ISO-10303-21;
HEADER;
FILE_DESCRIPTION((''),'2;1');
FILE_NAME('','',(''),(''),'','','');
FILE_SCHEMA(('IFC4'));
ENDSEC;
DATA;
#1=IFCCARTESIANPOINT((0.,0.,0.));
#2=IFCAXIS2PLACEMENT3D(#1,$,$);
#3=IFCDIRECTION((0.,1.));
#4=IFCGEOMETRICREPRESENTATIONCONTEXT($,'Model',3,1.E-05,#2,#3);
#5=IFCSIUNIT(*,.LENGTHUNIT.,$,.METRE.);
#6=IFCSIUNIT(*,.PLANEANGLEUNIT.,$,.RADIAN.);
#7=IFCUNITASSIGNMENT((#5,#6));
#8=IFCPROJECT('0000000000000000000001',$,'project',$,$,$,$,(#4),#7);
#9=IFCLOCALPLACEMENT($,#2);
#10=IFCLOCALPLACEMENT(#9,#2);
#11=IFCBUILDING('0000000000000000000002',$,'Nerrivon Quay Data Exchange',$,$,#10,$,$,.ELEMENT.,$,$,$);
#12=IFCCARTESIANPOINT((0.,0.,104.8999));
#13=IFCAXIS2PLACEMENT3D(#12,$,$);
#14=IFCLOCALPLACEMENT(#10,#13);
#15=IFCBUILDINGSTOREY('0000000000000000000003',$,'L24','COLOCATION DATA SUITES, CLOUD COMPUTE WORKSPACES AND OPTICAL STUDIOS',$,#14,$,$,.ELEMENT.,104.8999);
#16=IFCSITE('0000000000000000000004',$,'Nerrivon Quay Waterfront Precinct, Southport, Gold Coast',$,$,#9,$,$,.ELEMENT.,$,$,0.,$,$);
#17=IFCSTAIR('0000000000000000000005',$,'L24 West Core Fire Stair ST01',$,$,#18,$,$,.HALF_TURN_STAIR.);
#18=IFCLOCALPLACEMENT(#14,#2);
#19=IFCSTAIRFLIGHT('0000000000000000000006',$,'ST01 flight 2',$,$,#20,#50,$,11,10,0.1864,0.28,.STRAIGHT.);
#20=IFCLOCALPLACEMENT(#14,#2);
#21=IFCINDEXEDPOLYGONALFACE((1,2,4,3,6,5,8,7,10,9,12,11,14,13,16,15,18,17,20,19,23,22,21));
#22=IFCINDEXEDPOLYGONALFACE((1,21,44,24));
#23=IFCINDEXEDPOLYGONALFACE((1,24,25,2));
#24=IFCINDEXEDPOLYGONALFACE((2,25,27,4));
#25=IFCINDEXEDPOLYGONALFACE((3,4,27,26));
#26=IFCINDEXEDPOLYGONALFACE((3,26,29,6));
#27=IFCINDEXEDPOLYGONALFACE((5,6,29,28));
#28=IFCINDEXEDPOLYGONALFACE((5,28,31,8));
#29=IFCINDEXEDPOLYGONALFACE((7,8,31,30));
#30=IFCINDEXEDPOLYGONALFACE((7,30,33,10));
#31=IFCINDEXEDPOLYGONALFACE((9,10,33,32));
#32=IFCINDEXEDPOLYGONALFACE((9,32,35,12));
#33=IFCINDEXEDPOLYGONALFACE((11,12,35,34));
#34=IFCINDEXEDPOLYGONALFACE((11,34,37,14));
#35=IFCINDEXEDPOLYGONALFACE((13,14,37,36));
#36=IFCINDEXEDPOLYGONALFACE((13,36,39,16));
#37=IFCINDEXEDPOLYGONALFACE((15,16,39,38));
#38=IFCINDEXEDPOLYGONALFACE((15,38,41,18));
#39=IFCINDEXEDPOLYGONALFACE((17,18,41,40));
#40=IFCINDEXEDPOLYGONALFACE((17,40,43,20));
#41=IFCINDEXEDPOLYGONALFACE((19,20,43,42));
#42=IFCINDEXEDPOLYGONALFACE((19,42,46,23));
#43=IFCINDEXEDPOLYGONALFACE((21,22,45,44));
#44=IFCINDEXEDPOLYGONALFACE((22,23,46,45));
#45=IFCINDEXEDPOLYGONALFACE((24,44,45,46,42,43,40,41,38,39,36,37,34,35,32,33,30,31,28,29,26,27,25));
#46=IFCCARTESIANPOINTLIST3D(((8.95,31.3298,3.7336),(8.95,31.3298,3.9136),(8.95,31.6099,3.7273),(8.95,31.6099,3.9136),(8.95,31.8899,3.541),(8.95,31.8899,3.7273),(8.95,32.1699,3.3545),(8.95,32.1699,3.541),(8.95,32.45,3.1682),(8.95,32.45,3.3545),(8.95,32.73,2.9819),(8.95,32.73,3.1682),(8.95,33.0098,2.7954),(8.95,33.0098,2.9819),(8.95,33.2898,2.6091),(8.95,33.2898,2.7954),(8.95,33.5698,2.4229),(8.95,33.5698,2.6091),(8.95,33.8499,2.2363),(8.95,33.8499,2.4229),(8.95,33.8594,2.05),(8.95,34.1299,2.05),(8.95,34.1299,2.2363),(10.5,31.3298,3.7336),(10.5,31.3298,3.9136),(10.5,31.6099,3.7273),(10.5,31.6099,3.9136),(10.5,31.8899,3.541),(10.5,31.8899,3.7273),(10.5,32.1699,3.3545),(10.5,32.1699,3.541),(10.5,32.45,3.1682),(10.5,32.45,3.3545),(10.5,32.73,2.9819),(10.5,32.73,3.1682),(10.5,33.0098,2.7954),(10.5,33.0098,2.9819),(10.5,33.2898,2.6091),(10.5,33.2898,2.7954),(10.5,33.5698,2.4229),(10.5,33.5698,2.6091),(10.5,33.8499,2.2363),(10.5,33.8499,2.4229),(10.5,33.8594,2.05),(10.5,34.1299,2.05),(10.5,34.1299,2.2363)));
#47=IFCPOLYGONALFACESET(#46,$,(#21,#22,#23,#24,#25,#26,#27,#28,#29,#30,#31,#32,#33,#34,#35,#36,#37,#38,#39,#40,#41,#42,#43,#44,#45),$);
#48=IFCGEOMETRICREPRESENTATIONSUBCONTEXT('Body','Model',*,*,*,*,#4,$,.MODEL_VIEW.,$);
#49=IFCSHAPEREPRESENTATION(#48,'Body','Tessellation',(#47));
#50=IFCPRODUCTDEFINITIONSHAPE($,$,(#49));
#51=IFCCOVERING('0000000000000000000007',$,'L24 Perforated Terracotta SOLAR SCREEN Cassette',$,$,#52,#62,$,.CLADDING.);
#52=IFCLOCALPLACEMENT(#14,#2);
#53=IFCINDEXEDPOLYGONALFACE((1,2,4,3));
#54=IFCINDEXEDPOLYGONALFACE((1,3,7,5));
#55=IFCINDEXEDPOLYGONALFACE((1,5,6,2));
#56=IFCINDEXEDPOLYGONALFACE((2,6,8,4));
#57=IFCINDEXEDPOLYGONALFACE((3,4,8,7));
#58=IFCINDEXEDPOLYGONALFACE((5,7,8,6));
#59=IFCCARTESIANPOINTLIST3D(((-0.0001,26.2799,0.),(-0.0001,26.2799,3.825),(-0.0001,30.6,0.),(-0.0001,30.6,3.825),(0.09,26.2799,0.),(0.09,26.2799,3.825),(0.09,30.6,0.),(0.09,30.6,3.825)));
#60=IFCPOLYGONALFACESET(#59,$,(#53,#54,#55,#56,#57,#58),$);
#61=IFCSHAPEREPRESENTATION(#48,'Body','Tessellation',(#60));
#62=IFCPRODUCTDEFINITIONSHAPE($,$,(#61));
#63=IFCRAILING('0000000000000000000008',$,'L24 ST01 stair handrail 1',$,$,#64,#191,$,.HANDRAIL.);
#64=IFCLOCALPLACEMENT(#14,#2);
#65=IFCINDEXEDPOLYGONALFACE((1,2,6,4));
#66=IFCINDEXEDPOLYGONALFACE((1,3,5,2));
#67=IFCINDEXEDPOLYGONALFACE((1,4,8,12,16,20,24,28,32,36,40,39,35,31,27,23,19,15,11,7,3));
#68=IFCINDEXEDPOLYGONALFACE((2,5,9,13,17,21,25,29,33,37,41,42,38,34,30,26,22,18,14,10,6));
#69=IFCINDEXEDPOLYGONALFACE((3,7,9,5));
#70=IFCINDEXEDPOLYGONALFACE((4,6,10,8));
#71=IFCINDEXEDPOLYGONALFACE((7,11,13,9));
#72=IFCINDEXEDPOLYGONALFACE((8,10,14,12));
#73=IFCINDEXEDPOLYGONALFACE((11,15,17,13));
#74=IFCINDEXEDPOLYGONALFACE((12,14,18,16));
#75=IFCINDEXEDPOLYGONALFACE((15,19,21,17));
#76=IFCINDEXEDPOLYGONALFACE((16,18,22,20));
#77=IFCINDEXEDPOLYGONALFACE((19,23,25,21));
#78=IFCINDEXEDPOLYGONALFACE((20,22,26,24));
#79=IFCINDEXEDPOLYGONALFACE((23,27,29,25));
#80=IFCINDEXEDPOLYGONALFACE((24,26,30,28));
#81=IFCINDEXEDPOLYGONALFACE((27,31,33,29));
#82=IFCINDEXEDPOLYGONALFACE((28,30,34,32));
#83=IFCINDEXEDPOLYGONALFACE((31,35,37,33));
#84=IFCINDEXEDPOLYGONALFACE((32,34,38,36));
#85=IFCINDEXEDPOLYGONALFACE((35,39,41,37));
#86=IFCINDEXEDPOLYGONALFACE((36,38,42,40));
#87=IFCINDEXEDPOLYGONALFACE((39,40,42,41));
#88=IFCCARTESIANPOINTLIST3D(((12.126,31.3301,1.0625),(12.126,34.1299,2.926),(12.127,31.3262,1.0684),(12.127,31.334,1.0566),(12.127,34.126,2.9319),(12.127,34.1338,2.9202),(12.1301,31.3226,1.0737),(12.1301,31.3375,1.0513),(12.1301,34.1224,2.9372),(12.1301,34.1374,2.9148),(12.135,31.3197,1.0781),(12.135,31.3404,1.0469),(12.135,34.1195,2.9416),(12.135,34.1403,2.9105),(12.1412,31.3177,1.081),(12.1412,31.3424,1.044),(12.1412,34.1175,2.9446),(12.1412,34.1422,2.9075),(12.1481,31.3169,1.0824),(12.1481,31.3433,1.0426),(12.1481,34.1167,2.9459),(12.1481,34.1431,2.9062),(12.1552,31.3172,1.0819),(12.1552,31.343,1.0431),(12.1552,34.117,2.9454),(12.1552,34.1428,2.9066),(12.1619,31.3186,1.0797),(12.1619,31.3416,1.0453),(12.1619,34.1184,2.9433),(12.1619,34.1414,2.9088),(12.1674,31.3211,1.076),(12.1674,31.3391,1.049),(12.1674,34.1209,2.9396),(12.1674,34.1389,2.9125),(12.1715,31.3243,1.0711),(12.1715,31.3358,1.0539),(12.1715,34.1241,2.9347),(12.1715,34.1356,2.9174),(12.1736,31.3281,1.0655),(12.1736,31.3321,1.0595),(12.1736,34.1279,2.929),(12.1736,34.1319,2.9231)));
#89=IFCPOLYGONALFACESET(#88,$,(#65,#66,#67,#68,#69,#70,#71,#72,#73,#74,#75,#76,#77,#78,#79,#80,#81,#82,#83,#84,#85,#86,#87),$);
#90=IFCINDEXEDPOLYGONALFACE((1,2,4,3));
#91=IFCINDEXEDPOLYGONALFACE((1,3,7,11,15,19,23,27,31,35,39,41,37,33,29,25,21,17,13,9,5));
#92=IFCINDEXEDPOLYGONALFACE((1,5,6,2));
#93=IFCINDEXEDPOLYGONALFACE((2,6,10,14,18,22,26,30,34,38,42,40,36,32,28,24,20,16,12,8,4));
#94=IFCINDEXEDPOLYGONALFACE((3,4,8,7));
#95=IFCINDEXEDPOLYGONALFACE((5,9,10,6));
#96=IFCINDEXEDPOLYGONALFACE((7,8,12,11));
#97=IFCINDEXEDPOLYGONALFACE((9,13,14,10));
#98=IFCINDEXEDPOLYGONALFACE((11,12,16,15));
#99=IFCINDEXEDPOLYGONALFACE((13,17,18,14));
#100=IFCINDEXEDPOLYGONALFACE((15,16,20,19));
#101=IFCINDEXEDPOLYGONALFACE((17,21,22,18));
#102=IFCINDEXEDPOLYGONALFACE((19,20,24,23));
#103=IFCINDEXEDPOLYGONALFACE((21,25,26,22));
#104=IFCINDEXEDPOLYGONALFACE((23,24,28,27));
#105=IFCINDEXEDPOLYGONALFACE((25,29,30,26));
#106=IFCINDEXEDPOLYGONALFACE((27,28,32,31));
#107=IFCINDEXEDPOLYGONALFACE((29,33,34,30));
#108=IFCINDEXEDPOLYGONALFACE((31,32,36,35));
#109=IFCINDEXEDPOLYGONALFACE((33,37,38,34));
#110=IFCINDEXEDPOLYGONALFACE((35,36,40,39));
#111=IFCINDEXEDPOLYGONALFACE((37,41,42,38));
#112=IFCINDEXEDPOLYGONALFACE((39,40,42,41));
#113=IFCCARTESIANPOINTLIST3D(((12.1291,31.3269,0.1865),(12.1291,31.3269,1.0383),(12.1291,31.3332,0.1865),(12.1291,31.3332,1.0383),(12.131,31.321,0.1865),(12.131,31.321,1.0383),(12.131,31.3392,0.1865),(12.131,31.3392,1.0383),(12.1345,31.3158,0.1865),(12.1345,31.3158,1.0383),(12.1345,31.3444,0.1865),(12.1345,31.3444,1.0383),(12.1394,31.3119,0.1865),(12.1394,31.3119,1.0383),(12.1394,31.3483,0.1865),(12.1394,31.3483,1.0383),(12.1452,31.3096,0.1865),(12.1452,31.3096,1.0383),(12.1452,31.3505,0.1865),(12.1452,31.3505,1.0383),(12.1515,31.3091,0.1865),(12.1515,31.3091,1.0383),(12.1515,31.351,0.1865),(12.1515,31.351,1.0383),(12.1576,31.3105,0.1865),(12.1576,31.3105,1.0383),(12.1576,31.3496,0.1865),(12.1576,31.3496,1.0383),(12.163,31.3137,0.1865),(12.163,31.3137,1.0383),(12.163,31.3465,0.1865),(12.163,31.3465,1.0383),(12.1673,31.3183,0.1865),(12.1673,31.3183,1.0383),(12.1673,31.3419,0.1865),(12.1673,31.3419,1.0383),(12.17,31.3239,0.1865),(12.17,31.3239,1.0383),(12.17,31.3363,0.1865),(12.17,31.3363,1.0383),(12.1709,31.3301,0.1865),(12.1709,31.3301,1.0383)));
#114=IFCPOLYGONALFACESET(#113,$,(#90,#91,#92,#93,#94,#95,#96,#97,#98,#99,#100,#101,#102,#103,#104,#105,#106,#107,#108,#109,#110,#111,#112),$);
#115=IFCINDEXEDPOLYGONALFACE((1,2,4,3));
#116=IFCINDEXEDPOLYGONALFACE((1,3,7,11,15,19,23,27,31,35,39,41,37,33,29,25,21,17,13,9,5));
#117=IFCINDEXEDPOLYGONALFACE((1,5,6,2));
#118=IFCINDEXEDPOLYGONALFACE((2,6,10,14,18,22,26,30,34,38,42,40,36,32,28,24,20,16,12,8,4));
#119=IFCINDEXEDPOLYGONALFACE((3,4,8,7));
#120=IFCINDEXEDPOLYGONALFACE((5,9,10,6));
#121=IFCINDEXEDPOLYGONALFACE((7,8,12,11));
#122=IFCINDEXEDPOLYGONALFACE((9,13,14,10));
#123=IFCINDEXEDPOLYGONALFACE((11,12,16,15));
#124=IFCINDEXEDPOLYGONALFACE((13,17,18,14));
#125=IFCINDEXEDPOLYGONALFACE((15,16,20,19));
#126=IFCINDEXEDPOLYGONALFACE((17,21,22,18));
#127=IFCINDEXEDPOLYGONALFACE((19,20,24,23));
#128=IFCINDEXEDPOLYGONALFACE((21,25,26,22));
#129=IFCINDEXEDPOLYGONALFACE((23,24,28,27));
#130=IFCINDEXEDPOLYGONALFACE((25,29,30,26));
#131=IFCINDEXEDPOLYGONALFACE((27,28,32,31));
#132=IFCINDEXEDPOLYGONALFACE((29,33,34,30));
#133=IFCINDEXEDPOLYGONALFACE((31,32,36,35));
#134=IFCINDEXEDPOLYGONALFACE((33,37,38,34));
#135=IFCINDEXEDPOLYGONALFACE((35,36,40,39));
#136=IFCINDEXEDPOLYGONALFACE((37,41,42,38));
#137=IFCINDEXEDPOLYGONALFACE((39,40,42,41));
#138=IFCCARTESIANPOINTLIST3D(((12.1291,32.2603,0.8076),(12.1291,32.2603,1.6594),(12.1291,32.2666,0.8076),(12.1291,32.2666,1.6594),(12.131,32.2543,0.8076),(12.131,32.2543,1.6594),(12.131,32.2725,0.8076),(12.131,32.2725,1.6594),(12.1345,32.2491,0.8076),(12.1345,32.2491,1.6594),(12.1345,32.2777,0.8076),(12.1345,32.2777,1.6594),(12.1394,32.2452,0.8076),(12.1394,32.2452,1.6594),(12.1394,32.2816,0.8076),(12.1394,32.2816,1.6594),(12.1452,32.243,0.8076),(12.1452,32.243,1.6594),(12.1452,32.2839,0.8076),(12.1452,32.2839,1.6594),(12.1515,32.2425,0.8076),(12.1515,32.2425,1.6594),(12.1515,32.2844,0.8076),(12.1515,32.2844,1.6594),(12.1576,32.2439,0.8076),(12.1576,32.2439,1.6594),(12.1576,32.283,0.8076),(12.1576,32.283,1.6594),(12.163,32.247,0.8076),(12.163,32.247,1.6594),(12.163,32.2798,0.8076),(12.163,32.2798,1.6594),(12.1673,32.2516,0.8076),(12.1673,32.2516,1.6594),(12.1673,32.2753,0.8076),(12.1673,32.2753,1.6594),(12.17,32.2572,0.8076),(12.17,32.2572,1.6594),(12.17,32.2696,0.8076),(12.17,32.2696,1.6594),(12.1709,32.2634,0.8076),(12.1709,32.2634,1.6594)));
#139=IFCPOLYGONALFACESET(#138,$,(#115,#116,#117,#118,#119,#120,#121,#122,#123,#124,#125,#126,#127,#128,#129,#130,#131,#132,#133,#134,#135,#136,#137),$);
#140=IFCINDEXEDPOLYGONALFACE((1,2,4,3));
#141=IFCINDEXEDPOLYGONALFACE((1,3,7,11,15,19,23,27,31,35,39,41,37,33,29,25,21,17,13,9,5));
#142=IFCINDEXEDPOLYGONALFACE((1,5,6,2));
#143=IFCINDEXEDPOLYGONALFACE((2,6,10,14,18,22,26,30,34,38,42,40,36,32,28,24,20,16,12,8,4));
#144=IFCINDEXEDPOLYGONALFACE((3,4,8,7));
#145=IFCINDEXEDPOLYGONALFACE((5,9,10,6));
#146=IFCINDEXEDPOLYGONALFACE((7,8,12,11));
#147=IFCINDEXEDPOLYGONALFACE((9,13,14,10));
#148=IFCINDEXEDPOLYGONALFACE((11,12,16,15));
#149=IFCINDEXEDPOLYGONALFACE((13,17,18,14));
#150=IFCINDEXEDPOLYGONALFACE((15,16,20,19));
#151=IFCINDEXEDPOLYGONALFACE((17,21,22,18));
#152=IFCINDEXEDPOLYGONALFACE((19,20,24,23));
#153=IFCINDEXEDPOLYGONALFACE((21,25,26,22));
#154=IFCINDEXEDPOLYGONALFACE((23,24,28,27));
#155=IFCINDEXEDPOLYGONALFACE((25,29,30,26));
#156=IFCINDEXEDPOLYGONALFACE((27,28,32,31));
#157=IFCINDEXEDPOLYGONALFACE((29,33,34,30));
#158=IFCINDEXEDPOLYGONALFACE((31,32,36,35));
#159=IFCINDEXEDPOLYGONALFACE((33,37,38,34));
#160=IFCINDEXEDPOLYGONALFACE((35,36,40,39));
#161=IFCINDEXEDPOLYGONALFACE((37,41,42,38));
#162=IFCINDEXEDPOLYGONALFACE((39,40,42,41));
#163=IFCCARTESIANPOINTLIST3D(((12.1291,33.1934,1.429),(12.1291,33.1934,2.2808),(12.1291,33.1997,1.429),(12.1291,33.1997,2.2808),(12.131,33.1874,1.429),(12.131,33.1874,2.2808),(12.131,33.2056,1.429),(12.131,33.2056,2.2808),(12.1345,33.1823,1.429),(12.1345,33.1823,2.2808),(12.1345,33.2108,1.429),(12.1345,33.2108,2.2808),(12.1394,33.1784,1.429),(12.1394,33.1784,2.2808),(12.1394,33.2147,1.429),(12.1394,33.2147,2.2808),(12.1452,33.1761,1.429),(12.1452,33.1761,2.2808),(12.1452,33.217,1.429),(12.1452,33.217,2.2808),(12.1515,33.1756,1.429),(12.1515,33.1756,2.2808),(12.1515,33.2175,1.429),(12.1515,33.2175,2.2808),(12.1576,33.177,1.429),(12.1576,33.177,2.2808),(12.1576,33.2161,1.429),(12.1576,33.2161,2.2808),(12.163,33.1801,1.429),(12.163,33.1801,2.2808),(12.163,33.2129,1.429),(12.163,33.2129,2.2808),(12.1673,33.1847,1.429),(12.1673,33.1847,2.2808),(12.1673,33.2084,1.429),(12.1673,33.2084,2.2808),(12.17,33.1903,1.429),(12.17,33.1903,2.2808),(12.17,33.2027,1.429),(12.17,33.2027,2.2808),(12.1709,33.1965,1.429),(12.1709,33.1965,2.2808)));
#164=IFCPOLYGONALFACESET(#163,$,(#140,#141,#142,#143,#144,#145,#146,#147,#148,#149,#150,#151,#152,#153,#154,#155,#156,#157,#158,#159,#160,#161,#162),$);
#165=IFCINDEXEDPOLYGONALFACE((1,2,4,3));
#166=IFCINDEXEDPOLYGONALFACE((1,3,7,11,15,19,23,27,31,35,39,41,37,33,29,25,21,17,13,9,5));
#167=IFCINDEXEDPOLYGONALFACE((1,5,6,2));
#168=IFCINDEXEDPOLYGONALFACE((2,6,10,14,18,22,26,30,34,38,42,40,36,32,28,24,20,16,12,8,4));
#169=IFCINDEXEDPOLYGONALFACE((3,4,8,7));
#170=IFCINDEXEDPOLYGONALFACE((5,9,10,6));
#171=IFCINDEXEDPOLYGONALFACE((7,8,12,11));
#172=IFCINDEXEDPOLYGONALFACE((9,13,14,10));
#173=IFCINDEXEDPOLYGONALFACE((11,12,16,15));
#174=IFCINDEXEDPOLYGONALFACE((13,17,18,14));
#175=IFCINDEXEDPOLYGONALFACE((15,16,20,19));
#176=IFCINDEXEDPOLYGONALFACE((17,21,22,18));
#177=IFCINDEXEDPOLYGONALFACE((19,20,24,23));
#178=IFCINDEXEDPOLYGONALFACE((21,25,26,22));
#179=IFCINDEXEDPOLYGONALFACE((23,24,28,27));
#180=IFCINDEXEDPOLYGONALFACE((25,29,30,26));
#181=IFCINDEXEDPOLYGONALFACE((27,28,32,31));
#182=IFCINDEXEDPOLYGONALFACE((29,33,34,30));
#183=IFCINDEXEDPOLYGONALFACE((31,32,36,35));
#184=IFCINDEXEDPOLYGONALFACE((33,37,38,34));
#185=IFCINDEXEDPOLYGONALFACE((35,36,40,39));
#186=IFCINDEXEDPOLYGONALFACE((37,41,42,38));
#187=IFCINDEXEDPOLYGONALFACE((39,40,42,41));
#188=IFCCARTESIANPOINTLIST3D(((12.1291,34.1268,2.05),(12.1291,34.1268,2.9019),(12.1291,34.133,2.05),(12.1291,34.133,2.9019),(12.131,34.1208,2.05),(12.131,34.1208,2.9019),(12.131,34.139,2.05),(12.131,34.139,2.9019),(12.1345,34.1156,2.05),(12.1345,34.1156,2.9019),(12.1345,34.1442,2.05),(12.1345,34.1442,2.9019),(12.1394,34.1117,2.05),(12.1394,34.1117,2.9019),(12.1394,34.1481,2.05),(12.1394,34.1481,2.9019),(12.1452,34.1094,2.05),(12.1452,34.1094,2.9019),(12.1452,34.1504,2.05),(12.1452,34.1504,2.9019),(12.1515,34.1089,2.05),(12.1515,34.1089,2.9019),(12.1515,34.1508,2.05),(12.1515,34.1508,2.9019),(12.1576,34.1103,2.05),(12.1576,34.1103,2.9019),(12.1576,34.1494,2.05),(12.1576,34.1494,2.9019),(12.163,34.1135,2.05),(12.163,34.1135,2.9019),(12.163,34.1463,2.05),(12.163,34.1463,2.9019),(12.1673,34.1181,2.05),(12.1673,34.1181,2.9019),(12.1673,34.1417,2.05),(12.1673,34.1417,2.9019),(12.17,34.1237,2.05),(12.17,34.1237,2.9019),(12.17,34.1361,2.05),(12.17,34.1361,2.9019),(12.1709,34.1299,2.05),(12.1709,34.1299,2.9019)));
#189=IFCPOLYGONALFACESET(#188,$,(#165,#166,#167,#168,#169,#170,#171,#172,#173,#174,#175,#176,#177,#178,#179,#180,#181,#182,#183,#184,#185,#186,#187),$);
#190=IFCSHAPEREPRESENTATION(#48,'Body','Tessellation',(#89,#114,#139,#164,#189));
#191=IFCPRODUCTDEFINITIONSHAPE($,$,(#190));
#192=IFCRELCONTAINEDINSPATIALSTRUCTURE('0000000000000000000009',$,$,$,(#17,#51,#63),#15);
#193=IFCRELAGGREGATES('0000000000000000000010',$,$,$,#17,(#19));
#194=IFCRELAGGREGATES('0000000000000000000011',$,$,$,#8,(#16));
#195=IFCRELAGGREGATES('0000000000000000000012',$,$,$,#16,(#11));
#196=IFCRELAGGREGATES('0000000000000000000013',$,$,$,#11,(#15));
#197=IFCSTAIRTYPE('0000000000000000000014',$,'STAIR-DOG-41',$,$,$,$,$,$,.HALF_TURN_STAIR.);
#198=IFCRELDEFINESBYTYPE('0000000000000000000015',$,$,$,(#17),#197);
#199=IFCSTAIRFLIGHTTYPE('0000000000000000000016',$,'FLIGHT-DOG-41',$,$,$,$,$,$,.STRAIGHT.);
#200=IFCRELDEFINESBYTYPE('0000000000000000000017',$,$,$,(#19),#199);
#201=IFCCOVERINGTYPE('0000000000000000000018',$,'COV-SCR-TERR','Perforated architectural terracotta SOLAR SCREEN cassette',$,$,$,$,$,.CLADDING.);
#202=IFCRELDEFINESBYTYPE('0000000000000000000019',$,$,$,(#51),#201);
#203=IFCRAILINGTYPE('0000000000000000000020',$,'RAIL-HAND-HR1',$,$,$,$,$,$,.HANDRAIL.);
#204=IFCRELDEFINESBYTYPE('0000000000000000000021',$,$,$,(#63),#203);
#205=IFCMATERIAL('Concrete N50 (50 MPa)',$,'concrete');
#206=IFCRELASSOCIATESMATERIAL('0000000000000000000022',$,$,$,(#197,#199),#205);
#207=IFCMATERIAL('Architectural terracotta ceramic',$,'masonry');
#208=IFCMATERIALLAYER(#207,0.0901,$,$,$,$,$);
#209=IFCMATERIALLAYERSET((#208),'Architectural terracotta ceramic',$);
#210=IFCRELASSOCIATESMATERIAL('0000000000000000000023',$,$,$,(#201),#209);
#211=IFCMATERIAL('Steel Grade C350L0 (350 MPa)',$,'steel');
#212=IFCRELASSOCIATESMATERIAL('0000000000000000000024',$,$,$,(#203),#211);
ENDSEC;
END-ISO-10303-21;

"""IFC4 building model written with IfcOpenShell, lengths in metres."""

from ifc_helpers import new_model, si_unit, direction, frame, origin, origin_2d, place, context, subcontext, project, spatial, polyline, rectangle, circle, outline, extrude, material, layer, layer_set, type_object, element, aggregate, save


model = new_model("IFC4")

# Units and contexts
model_context = context("Model", 3, precision=1e-05, world=origin(), true_north=direction((0.0, 1.0)))
body_context = subcontext(model_context, "Body", "Model", "MODEL_VIEW")
ifc_project = project(units=[si_unit("LENGTHUNIT", "METRE"), si_unit("PLANEANGLEUNIT", "RADIAN")], contexts=[model_context])

# Site, building, storey
site_placement = place(None, origin())
site = spatial("IfcSite", under=ifc_project, at=site_placement, Name="Nerrivon Quay Waterfront Precinct, Southport, Gold Coast", CompositionType="ELEMENT", RefElevation=0.0)
building_placement = place(site_placement, origin())
building = spatial("IfcBuilding", under=site, at=building_placement, Name="Nerrivon Quay Data Exchange", CompositionType="ELEMENT")
storey_placement = place(building_placement, frame((0.0, 0.0, 104.8999)))
storey = spatial("IfcBuildingStorey", under=building, at=storey_placement, Name="L24", Description="COLOCATION DATA SUITES, CLOUD COMPUTE WORKSPACES AND OPTICAL STUDIOS", CompositionType="ELEMENT", Elevation=104.8999)

# Shared definitions
ifc_material_1 = material(Name="Concrete N50 (50 MPa)", Category="concrete")

# Stair, stair flight
stair_type = type_object("IfcStairType", Name="STAIR-DOG-41", PredefinedType="HALF_TURN_STAIR", material=ifc_material_1)
stair_placement = place(storey_placement, origin())
stair = element("IfcStair", 1, at=stair_placement, inside=storey, type_object=stair_type, Name="L24 West Core Fire Stair ST01", PredefinedType="HALF_TURN_STAIR")
stair_flight_type = type_object("IfcStairFlightType", Name="FLIGHT-DOG-41", PredefinedType="STRAIGHT", material=ifc_material_1)
stair_flight_1_placement = place(storey_placement, frame((9.7251, 34.1299, 2.05), z_axis=(0.0, 0.0, 1.0), x_axis=(0.0, -1.0, 0.0)))
stair_flight_1 = element("IfcStairFlight", 2, at=stair_flight_1_placement, type_object=stair_flight_type, Name="ST01 flight 2", NumberOfRisers=11, NumberOfTreads=10, PredefinedType="STRAIGHT", RiserHeight=0.1864, TreadLength=0.28, context=body_context, shape_type="SweptSolid", body=[
    extrude(outline(polyline([(0.0, 0.0), (0.0, 0.1863), (0.28, 0.1863), (0.28, 0.3728), (0.5601, 0.3728), (0.5601, 0.5591), (0.8401, 0.5591), (0.8401, 0.7454), (1.1201, 0.7454), (1.1201, 0.9319), (1.3999, 0.9319), (1.3999, 1.1182), (1.6799, 1.1182), (1.6799, 1.3044), (1.96, 1.3044), (1.96, 1.491), (2.24, 1.491), (2.24, 1.6772), (2.52, 1.6772), (2.52, 1.8635), (2.8, 1.8635), (2.8, 2.05), (2.8, 1.6836), (0.2705, 0.0), (0.0, 0.0)])), frame((0.0, 0.7749, 0.0), z_axis=(0.0, -1.0, 0.0), x_axis=(1.0, 0.0, 0.0)), (0.0, 0.0, 1.0), 1.55),
])
aggregate(stair, [stair_flight_1])

# Covering
ifc_material_2 = material(Name="Architectural terracotta ceramic", Category="masonry")
ifc_layer_1 = layer(ifc_material_2, 0.0901)
ifc_layer_set_1 = layer_set([ifc_layer_1], Name="Architectural terracotta ceramic")
covering_type = type_object("IfcCoveringType", Name="COV-SCR-TERR", Description="Perforated architectural terracotta SOLAR SCREEN cassette", PredefinedType="CLADDING", material=ifc_layer_set_1)
covering_placement = place(storey_placement, frame((0.0449, 28.4399, 0.0), z_axis=(0.0, 0.0, 1.0), x_axis=(0.0, 1.0, 0.0)))
element("IfcCovering", 3, at=covering_placement, inside=storey, type_object=covering_type, Name="L24 Perforated Terracotta SOLAR SCREEN Cassette", PredefinedType="CLADDING", context=body_context, shape_type="SweptSolid", body=[
    extrude(rectangle(XDim=4.3201, YDim=0.0901, at=origin_2d()), origin(), (0.0, 0.0, 1.0), 3.825),
])

# Railing
ifc_material_3 = material(Name="Steel Grade C350L0 (350 MPa)", Category="steel")
railing_type_1 = type_object("IfcRailingType", Name="RAIL-HAND-HR1", PredefinedType="HANDRAIL", material=ifc_material_3)
railing_1_placement = place(storey_placement, frame((12.1499, 31.3301, 0.1865)))
element("IfcRailing", 4, at=railing_1_placement, inside=storey, type_object=railing_type_1, Name="L24 ST01 stair handrail 1", PredefinedType="HANDRAIL", context=body_context, shape_type="SweptSolid", body=[
    extrude(circle(Radius=0.0239, at=origin_2d()), frame((0.0, 0.0, 0.876), z_axis=(0.0, 0.832463, 0.55408), x_axis=(-1.0, 0.0, 0.0)), (0.0, 0.0, 1.0), 3.3633),
    extrude(circle(Radius=0.021, at=origin_2d()), origin(), (0.0, 0.0, 1.0), 0.8518),
    extrude(circle(Radius=0.021, at=origin_2d()), frame((0.0, 0.9333, 0.6211)), (0.0, 0.0, 1.0), 0.8518),
    extrude(circle(Radius=0.021, at=origin_2d()), frame((0.0, 1.8665, 1.2424)), (0.0, 0.0, 1.0), 0.8518),
    extrude(circle(Radius=0.021, at=origin_2d()), frame((0.0, 2.7998, 1.8635)), (0.0, 0.0, 1.0), 0.8518),
])

save(model, "model.ifc")
